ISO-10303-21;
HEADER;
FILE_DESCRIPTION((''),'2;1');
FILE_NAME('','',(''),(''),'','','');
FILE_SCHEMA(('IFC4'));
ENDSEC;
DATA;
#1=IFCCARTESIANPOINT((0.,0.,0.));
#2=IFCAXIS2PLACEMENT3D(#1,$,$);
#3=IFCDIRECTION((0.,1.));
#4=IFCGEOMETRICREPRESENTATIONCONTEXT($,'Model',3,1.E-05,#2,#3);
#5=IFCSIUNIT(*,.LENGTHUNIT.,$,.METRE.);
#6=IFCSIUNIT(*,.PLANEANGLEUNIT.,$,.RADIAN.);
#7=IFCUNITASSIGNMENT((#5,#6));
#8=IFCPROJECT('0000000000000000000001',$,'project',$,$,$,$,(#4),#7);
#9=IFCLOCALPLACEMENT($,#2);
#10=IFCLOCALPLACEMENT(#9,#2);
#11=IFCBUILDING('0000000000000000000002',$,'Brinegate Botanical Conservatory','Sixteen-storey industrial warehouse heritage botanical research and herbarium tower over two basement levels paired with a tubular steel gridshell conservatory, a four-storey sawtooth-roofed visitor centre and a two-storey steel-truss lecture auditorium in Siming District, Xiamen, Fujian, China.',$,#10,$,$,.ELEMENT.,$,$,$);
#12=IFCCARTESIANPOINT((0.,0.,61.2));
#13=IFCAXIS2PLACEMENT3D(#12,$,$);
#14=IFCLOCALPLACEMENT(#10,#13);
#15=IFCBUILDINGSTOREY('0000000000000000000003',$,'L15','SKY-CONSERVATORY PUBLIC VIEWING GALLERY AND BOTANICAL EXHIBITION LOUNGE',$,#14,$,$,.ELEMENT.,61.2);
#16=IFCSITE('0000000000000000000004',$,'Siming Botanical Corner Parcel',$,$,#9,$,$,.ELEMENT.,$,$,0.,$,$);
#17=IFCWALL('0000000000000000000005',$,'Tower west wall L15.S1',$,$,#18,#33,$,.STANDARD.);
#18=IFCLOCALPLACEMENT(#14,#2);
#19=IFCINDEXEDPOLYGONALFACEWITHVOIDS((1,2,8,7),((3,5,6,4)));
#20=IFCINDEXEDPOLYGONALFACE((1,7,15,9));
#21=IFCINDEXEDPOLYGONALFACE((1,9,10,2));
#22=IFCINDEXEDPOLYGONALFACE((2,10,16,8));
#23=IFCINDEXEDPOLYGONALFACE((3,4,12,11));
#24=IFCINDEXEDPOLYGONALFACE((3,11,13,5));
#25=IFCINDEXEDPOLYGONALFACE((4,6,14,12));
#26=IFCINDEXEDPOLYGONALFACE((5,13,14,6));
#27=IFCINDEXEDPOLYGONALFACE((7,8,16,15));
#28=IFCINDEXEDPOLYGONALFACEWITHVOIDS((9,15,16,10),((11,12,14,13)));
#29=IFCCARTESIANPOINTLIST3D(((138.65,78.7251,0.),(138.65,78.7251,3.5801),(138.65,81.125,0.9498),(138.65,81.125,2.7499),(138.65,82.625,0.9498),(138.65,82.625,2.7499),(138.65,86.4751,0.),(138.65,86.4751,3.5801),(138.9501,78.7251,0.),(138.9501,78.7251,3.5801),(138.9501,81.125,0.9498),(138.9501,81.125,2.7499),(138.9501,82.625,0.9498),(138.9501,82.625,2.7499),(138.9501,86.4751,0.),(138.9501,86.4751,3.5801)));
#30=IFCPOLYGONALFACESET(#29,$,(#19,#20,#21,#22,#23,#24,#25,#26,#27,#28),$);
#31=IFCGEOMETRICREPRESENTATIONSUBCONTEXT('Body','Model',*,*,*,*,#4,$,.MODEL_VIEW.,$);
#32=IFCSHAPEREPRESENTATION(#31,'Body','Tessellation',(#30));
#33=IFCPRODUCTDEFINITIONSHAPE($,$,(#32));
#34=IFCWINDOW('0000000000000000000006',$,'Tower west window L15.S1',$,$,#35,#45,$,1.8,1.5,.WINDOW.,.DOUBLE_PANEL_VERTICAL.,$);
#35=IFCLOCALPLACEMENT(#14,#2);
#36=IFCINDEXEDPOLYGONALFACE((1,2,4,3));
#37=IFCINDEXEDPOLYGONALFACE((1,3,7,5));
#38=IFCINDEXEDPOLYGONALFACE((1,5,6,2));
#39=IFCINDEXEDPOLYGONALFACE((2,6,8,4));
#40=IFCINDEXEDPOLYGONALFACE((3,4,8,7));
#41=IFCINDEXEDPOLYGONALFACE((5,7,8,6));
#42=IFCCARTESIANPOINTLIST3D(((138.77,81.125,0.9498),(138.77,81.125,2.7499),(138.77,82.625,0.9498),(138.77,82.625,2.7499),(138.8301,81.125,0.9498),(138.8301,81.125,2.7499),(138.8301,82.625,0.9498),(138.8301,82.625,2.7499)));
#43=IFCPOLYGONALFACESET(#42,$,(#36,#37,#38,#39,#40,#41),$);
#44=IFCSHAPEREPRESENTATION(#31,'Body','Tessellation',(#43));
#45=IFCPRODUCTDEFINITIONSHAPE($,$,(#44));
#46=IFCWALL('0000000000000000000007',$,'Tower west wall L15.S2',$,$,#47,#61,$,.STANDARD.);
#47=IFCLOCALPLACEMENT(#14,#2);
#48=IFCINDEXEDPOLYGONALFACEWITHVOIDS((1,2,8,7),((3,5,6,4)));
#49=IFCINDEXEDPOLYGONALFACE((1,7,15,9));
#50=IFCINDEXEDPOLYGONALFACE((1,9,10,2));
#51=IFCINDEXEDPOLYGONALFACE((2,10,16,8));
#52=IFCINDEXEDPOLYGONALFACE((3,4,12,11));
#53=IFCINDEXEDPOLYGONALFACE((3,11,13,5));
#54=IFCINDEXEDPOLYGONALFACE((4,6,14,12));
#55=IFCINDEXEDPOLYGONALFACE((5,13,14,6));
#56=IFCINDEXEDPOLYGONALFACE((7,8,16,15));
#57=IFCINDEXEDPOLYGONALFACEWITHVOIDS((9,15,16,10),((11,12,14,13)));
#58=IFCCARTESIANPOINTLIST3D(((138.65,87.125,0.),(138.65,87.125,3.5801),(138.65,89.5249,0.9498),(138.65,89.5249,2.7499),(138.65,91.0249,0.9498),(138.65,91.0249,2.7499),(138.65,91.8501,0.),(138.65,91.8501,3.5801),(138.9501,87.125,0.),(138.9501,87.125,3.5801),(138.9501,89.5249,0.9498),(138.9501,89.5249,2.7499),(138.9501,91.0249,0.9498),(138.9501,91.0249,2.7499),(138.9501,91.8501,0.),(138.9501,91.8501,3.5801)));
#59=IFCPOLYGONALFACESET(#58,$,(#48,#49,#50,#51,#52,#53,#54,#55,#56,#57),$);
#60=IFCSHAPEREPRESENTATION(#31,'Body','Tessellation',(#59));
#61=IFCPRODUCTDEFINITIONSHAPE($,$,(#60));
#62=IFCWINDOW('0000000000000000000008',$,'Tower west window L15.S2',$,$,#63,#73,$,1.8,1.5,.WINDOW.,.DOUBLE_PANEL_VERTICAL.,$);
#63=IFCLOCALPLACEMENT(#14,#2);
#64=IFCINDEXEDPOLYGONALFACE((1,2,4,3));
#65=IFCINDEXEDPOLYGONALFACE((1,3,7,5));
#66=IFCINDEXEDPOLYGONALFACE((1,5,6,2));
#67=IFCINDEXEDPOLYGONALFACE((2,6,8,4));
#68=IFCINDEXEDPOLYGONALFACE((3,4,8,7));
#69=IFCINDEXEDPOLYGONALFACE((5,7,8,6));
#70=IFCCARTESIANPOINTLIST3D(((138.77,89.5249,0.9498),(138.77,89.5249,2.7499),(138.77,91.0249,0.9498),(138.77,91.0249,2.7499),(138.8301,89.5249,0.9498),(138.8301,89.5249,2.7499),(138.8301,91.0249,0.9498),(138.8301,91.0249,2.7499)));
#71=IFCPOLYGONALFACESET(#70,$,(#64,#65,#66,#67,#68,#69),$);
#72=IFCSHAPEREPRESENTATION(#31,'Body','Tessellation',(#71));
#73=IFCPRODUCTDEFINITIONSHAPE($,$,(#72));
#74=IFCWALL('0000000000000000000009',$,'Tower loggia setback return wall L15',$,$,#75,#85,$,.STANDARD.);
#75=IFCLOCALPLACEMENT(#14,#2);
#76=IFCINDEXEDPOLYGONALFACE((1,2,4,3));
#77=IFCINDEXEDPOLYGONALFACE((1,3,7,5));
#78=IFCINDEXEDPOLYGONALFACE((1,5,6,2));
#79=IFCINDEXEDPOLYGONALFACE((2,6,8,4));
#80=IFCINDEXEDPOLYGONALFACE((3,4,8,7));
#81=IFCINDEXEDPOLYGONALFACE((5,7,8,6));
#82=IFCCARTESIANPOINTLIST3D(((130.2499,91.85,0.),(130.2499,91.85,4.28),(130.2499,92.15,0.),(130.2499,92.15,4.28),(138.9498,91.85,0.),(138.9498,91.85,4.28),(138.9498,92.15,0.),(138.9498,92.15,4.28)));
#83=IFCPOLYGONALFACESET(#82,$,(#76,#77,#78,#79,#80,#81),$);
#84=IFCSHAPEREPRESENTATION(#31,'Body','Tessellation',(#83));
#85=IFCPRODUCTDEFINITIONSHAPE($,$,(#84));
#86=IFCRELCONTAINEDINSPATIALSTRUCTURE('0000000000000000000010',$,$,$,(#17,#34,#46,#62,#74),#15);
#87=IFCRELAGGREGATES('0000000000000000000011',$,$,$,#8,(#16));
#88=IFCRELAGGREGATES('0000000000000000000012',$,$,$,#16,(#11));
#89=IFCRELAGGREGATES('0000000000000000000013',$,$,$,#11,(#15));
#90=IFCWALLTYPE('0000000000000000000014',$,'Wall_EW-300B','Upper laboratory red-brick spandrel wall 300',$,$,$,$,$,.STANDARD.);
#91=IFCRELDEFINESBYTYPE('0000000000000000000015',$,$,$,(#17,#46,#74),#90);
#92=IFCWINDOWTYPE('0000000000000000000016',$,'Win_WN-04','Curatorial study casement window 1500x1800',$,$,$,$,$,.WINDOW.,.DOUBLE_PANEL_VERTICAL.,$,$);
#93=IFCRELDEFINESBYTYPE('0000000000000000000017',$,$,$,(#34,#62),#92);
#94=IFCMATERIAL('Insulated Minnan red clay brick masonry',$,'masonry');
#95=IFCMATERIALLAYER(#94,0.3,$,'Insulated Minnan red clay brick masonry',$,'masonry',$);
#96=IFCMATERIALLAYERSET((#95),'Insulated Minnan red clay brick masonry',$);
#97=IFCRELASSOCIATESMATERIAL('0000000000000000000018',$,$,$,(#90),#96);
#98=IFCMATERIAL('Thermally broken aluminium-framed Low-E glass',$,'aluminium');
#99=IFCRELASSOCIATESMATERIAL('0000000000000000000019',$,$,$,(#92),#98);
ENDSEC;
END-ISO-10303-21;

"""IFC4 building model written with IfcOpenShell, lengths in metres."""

from ifc_helpers import new_model, si_unit, direction, frame, frame_2d, origin, place, context, subcontext, project, spatial, rectangle, extrude, material, layer, layer_set, type_object, element, fill, save


model = new_model("IFC4")

# Units and contexts
model_context = context("Model", 3, precision=1e-05, world=origin(), true_north=direction((0.0, 1.0)))
body_context = subcontext(model_context, "Body", "Model", "MODEL_VIEW")
ifc_project = project(units=[si_unit("LENGTHUNIT", "METRE"), si_unit("PLANEANGLEUNIT", "RADIAN")], contexts=[model_context])

# Site, building, storey
site_placement = place(None, origin())
site = spatial("IfcSite", under=ifc_project, at=site_placement, Name="Siming Botanical Corner Parcel", CompositionType="ELEMENT", RefElevation=0.0)
building_placement = place(site_placement, origin())
building = spatial("IfcBuilding", under=site, at=building_placement, Name="Brinegate Botanical Conservatory", Description="Sixteen-storey industrial warehouse heritage botanical research and herbarium tower over two basement levels paired with a tubular steel gridshell conservatory, a four-storey sawtooth-roofed visitor centre and a two-storey steel-truss lecture auditorium in Siming District, Xiamen, Fujian, China.", CompositionType="ELEMENT")
storey_placement = place(building_placement, frame((0.0, 0.0, 61.2)))
storey = spatial("IfcBuildingStorey", under=building, at=storey_placement, Name="L15", Description="SKY-CONSERVATORY PUBLIC VIEWING GALLERY AND BOTANICAL EXHIBITION LOUNGE", CompositionType="ELEMENT", Elevation=61.2)

# Walls, openings, windows
ifc_material_1 = material(Name="Insulated Minnan red clay brick masonry", Category="masonry")
ifc_layer = layer(ifc_material_1, 0.3, Name="Insulated Minnan red clay brick masonry", Category="masonry")
ifc_layer_set = layer_set([ifc_layer], Name="Insulated Minnan red clay brick masonry")
wall_type = type_object("IfcWallType", Name="Wall_EW-300B", Description="Upper laboratory red-brick spandrel wall 300", PredefinedType="STANDARD", material=ifc_layer_set)
ifc_material_2 = material(Name="Thermally broken aluminium-framed Low-E glass", Category="aluminium")
wall_1_placement = place(storey_placement, frame((138.8, 78.7251, 0.0), z_axis=(0.0, 0.0, 1.0), x_axis=(0.0, 1.0, 0.0)))
wall_1 = element("IfcWall", 1, at=wall_1_placement, inside=storey, type_object=wall_type, Name="Tower west wall L15.S1", PredefinedType="STANDARD", context=body_context, shape_type="SweptSolid", body=[
    extrude(rectangle(XDim=7.75, YDim=0.3, at=frame_2d((3.875, 0.0))), origin(), (0.0, 0.0, 1.0), 3.5801),
])
opening_1_placement = place(wall_1_placement, frame((2.3999, 0.0, 0.95)))
opening_1 = element("IfcOpeningElement", 2, at=opening_1_placement, cuts=wall_1, PredefinedType="OPENING", context=body_context, shape_type="SweptSolid", body=[
    extrude(rectangle(XDim=1.5, YDim=1.8, at=frame_2d((0.75, 0.8999))), frame((0.0, 0.1599, 0.0), z_axis=(0.0, -1.0, 0.0), x_axis=(1.0, 0.0, 0.0)), (0.0, 0.0, 1.0), 0.3201),
])
window_type_1 = type_object("IfcWindowType", Name="Win_WN-04", Description="Curatorial study casement window 1500x1800", PartitioningType="DOUBLE_PANEL_VERTICAL", PredefinedType="WINDOW", material=ifc_material_2)
window_1_placement = place(opening_1_placement, origin())
window_1 = element("IfcWindow", 3, at=window_1_placement, inside=storey, type_object=window_type_1, Name="Tower west window L15.S1", OverallHeight=1.8, OverallWidth=1.5, PartitioningType="DOUBLE_PANEL_VERTICAL", PredefinedType="WINDOW", context=body_context, shape_type="SweptSolid", body=[
    extrude(rectangle(XDim=1.5, YDim=1.8, at=frame_2d((0.75, 0.8999))), frame((0.0, 0.03, 0.0), z_axis=(0.0, -1.0, 0.0), x_axis=(1.0, 0.0, 0.0)), (0.0, 0.0, 1.0), 0.0601),
])
fill(opening_1, window_1)
wall_2_placement = place(storey_placement, frame((138.8, 87.125, 0.0), z_axis=(0.0, 0.0, 1.0), x_axis=(0.0, 1.0, 0.0)))
wall_2 = element("IfcWall", 4, at=wall_2_placement, inside=storey, type_object=wall_type, Name="Tower west wall L15.S2", PredefinedType="STANDARD", context=body_context, shape_type="SweptSolid", body=[
    extrude(rectangle(XDim=4.7251, YDim=0.3, at=frame_2d((2.3625, 0.0))), origin(), (0.0, 0.0, 1.0), 3.5801),
])
opening_2_placement = place(wall_2_placement, frame((2.3999, 0.0, 0.95)))
opening_2 = element("IfcOpeningElement", 5, at=opening_2_placement, cuts=wall_2, PredefinedType="OPENING", context=body_context, shape_type="SweptSolid", body=[
    extrude(rectangle(XDim=1.5, YDim=1.8, at=frame_2d((0.75, 0.8999))), frame((0.0, 0.1599, 0.0), z_axis=(0.0, -1.0, 0.0), x_axis=(1.0, 0.0, 0.0)), (0.0, 0.0, 1.0), 0.3201),
])
window_2_placement = place(opening_2_placement, origin())
window_2 = element("IfcWindow", 6, at=window_2_placement, inside=storey, type_object=window_type_1, Name="Tower west window L15.S2", OverallHeight=1.8, OverallWidth=1.5, PartitioningType="DOUBLE_PANEL_VERTICAL", PredefinedType="WINDOW", context=body_context, shape_type="SweptSolid", body=[
    extrude(rectangle(XDim=1.5, YDim=1.8, at=frame_2d((0.75, 0.8999))), frame((0.0, 0.03, 0.0), z_axis=(0.0, -1.0, 0.0), x_axis=(1.0, 0.0, 0.0)), (0.0, 0.0, 1.0), 0.0601),
])
fill(opening_2, window_2)

# Wall
wall_3_placement = place(storey_placement, frame((138.95, 92.0, 0.0), z_axis=(0.0, 0.0, 1.0), x_axis=(-1.0, 0.0, 0.0)))
element("IfcWall", 7, at=wall_3_placement, inside=storey, type_object=wall_type, Name="Tower loggia setback return wall L15", PredefinedType="STANDARD", context=body_context, shape_type="SweptSolid", body=[
    extrude(rectangle(XDim=8.7, YDim=0.3, at=frame_2d((4.3501, 0.0))), origin(), (0.0, 0.0, 1.0), 4.28),
])

save(model, "model.ifc")
